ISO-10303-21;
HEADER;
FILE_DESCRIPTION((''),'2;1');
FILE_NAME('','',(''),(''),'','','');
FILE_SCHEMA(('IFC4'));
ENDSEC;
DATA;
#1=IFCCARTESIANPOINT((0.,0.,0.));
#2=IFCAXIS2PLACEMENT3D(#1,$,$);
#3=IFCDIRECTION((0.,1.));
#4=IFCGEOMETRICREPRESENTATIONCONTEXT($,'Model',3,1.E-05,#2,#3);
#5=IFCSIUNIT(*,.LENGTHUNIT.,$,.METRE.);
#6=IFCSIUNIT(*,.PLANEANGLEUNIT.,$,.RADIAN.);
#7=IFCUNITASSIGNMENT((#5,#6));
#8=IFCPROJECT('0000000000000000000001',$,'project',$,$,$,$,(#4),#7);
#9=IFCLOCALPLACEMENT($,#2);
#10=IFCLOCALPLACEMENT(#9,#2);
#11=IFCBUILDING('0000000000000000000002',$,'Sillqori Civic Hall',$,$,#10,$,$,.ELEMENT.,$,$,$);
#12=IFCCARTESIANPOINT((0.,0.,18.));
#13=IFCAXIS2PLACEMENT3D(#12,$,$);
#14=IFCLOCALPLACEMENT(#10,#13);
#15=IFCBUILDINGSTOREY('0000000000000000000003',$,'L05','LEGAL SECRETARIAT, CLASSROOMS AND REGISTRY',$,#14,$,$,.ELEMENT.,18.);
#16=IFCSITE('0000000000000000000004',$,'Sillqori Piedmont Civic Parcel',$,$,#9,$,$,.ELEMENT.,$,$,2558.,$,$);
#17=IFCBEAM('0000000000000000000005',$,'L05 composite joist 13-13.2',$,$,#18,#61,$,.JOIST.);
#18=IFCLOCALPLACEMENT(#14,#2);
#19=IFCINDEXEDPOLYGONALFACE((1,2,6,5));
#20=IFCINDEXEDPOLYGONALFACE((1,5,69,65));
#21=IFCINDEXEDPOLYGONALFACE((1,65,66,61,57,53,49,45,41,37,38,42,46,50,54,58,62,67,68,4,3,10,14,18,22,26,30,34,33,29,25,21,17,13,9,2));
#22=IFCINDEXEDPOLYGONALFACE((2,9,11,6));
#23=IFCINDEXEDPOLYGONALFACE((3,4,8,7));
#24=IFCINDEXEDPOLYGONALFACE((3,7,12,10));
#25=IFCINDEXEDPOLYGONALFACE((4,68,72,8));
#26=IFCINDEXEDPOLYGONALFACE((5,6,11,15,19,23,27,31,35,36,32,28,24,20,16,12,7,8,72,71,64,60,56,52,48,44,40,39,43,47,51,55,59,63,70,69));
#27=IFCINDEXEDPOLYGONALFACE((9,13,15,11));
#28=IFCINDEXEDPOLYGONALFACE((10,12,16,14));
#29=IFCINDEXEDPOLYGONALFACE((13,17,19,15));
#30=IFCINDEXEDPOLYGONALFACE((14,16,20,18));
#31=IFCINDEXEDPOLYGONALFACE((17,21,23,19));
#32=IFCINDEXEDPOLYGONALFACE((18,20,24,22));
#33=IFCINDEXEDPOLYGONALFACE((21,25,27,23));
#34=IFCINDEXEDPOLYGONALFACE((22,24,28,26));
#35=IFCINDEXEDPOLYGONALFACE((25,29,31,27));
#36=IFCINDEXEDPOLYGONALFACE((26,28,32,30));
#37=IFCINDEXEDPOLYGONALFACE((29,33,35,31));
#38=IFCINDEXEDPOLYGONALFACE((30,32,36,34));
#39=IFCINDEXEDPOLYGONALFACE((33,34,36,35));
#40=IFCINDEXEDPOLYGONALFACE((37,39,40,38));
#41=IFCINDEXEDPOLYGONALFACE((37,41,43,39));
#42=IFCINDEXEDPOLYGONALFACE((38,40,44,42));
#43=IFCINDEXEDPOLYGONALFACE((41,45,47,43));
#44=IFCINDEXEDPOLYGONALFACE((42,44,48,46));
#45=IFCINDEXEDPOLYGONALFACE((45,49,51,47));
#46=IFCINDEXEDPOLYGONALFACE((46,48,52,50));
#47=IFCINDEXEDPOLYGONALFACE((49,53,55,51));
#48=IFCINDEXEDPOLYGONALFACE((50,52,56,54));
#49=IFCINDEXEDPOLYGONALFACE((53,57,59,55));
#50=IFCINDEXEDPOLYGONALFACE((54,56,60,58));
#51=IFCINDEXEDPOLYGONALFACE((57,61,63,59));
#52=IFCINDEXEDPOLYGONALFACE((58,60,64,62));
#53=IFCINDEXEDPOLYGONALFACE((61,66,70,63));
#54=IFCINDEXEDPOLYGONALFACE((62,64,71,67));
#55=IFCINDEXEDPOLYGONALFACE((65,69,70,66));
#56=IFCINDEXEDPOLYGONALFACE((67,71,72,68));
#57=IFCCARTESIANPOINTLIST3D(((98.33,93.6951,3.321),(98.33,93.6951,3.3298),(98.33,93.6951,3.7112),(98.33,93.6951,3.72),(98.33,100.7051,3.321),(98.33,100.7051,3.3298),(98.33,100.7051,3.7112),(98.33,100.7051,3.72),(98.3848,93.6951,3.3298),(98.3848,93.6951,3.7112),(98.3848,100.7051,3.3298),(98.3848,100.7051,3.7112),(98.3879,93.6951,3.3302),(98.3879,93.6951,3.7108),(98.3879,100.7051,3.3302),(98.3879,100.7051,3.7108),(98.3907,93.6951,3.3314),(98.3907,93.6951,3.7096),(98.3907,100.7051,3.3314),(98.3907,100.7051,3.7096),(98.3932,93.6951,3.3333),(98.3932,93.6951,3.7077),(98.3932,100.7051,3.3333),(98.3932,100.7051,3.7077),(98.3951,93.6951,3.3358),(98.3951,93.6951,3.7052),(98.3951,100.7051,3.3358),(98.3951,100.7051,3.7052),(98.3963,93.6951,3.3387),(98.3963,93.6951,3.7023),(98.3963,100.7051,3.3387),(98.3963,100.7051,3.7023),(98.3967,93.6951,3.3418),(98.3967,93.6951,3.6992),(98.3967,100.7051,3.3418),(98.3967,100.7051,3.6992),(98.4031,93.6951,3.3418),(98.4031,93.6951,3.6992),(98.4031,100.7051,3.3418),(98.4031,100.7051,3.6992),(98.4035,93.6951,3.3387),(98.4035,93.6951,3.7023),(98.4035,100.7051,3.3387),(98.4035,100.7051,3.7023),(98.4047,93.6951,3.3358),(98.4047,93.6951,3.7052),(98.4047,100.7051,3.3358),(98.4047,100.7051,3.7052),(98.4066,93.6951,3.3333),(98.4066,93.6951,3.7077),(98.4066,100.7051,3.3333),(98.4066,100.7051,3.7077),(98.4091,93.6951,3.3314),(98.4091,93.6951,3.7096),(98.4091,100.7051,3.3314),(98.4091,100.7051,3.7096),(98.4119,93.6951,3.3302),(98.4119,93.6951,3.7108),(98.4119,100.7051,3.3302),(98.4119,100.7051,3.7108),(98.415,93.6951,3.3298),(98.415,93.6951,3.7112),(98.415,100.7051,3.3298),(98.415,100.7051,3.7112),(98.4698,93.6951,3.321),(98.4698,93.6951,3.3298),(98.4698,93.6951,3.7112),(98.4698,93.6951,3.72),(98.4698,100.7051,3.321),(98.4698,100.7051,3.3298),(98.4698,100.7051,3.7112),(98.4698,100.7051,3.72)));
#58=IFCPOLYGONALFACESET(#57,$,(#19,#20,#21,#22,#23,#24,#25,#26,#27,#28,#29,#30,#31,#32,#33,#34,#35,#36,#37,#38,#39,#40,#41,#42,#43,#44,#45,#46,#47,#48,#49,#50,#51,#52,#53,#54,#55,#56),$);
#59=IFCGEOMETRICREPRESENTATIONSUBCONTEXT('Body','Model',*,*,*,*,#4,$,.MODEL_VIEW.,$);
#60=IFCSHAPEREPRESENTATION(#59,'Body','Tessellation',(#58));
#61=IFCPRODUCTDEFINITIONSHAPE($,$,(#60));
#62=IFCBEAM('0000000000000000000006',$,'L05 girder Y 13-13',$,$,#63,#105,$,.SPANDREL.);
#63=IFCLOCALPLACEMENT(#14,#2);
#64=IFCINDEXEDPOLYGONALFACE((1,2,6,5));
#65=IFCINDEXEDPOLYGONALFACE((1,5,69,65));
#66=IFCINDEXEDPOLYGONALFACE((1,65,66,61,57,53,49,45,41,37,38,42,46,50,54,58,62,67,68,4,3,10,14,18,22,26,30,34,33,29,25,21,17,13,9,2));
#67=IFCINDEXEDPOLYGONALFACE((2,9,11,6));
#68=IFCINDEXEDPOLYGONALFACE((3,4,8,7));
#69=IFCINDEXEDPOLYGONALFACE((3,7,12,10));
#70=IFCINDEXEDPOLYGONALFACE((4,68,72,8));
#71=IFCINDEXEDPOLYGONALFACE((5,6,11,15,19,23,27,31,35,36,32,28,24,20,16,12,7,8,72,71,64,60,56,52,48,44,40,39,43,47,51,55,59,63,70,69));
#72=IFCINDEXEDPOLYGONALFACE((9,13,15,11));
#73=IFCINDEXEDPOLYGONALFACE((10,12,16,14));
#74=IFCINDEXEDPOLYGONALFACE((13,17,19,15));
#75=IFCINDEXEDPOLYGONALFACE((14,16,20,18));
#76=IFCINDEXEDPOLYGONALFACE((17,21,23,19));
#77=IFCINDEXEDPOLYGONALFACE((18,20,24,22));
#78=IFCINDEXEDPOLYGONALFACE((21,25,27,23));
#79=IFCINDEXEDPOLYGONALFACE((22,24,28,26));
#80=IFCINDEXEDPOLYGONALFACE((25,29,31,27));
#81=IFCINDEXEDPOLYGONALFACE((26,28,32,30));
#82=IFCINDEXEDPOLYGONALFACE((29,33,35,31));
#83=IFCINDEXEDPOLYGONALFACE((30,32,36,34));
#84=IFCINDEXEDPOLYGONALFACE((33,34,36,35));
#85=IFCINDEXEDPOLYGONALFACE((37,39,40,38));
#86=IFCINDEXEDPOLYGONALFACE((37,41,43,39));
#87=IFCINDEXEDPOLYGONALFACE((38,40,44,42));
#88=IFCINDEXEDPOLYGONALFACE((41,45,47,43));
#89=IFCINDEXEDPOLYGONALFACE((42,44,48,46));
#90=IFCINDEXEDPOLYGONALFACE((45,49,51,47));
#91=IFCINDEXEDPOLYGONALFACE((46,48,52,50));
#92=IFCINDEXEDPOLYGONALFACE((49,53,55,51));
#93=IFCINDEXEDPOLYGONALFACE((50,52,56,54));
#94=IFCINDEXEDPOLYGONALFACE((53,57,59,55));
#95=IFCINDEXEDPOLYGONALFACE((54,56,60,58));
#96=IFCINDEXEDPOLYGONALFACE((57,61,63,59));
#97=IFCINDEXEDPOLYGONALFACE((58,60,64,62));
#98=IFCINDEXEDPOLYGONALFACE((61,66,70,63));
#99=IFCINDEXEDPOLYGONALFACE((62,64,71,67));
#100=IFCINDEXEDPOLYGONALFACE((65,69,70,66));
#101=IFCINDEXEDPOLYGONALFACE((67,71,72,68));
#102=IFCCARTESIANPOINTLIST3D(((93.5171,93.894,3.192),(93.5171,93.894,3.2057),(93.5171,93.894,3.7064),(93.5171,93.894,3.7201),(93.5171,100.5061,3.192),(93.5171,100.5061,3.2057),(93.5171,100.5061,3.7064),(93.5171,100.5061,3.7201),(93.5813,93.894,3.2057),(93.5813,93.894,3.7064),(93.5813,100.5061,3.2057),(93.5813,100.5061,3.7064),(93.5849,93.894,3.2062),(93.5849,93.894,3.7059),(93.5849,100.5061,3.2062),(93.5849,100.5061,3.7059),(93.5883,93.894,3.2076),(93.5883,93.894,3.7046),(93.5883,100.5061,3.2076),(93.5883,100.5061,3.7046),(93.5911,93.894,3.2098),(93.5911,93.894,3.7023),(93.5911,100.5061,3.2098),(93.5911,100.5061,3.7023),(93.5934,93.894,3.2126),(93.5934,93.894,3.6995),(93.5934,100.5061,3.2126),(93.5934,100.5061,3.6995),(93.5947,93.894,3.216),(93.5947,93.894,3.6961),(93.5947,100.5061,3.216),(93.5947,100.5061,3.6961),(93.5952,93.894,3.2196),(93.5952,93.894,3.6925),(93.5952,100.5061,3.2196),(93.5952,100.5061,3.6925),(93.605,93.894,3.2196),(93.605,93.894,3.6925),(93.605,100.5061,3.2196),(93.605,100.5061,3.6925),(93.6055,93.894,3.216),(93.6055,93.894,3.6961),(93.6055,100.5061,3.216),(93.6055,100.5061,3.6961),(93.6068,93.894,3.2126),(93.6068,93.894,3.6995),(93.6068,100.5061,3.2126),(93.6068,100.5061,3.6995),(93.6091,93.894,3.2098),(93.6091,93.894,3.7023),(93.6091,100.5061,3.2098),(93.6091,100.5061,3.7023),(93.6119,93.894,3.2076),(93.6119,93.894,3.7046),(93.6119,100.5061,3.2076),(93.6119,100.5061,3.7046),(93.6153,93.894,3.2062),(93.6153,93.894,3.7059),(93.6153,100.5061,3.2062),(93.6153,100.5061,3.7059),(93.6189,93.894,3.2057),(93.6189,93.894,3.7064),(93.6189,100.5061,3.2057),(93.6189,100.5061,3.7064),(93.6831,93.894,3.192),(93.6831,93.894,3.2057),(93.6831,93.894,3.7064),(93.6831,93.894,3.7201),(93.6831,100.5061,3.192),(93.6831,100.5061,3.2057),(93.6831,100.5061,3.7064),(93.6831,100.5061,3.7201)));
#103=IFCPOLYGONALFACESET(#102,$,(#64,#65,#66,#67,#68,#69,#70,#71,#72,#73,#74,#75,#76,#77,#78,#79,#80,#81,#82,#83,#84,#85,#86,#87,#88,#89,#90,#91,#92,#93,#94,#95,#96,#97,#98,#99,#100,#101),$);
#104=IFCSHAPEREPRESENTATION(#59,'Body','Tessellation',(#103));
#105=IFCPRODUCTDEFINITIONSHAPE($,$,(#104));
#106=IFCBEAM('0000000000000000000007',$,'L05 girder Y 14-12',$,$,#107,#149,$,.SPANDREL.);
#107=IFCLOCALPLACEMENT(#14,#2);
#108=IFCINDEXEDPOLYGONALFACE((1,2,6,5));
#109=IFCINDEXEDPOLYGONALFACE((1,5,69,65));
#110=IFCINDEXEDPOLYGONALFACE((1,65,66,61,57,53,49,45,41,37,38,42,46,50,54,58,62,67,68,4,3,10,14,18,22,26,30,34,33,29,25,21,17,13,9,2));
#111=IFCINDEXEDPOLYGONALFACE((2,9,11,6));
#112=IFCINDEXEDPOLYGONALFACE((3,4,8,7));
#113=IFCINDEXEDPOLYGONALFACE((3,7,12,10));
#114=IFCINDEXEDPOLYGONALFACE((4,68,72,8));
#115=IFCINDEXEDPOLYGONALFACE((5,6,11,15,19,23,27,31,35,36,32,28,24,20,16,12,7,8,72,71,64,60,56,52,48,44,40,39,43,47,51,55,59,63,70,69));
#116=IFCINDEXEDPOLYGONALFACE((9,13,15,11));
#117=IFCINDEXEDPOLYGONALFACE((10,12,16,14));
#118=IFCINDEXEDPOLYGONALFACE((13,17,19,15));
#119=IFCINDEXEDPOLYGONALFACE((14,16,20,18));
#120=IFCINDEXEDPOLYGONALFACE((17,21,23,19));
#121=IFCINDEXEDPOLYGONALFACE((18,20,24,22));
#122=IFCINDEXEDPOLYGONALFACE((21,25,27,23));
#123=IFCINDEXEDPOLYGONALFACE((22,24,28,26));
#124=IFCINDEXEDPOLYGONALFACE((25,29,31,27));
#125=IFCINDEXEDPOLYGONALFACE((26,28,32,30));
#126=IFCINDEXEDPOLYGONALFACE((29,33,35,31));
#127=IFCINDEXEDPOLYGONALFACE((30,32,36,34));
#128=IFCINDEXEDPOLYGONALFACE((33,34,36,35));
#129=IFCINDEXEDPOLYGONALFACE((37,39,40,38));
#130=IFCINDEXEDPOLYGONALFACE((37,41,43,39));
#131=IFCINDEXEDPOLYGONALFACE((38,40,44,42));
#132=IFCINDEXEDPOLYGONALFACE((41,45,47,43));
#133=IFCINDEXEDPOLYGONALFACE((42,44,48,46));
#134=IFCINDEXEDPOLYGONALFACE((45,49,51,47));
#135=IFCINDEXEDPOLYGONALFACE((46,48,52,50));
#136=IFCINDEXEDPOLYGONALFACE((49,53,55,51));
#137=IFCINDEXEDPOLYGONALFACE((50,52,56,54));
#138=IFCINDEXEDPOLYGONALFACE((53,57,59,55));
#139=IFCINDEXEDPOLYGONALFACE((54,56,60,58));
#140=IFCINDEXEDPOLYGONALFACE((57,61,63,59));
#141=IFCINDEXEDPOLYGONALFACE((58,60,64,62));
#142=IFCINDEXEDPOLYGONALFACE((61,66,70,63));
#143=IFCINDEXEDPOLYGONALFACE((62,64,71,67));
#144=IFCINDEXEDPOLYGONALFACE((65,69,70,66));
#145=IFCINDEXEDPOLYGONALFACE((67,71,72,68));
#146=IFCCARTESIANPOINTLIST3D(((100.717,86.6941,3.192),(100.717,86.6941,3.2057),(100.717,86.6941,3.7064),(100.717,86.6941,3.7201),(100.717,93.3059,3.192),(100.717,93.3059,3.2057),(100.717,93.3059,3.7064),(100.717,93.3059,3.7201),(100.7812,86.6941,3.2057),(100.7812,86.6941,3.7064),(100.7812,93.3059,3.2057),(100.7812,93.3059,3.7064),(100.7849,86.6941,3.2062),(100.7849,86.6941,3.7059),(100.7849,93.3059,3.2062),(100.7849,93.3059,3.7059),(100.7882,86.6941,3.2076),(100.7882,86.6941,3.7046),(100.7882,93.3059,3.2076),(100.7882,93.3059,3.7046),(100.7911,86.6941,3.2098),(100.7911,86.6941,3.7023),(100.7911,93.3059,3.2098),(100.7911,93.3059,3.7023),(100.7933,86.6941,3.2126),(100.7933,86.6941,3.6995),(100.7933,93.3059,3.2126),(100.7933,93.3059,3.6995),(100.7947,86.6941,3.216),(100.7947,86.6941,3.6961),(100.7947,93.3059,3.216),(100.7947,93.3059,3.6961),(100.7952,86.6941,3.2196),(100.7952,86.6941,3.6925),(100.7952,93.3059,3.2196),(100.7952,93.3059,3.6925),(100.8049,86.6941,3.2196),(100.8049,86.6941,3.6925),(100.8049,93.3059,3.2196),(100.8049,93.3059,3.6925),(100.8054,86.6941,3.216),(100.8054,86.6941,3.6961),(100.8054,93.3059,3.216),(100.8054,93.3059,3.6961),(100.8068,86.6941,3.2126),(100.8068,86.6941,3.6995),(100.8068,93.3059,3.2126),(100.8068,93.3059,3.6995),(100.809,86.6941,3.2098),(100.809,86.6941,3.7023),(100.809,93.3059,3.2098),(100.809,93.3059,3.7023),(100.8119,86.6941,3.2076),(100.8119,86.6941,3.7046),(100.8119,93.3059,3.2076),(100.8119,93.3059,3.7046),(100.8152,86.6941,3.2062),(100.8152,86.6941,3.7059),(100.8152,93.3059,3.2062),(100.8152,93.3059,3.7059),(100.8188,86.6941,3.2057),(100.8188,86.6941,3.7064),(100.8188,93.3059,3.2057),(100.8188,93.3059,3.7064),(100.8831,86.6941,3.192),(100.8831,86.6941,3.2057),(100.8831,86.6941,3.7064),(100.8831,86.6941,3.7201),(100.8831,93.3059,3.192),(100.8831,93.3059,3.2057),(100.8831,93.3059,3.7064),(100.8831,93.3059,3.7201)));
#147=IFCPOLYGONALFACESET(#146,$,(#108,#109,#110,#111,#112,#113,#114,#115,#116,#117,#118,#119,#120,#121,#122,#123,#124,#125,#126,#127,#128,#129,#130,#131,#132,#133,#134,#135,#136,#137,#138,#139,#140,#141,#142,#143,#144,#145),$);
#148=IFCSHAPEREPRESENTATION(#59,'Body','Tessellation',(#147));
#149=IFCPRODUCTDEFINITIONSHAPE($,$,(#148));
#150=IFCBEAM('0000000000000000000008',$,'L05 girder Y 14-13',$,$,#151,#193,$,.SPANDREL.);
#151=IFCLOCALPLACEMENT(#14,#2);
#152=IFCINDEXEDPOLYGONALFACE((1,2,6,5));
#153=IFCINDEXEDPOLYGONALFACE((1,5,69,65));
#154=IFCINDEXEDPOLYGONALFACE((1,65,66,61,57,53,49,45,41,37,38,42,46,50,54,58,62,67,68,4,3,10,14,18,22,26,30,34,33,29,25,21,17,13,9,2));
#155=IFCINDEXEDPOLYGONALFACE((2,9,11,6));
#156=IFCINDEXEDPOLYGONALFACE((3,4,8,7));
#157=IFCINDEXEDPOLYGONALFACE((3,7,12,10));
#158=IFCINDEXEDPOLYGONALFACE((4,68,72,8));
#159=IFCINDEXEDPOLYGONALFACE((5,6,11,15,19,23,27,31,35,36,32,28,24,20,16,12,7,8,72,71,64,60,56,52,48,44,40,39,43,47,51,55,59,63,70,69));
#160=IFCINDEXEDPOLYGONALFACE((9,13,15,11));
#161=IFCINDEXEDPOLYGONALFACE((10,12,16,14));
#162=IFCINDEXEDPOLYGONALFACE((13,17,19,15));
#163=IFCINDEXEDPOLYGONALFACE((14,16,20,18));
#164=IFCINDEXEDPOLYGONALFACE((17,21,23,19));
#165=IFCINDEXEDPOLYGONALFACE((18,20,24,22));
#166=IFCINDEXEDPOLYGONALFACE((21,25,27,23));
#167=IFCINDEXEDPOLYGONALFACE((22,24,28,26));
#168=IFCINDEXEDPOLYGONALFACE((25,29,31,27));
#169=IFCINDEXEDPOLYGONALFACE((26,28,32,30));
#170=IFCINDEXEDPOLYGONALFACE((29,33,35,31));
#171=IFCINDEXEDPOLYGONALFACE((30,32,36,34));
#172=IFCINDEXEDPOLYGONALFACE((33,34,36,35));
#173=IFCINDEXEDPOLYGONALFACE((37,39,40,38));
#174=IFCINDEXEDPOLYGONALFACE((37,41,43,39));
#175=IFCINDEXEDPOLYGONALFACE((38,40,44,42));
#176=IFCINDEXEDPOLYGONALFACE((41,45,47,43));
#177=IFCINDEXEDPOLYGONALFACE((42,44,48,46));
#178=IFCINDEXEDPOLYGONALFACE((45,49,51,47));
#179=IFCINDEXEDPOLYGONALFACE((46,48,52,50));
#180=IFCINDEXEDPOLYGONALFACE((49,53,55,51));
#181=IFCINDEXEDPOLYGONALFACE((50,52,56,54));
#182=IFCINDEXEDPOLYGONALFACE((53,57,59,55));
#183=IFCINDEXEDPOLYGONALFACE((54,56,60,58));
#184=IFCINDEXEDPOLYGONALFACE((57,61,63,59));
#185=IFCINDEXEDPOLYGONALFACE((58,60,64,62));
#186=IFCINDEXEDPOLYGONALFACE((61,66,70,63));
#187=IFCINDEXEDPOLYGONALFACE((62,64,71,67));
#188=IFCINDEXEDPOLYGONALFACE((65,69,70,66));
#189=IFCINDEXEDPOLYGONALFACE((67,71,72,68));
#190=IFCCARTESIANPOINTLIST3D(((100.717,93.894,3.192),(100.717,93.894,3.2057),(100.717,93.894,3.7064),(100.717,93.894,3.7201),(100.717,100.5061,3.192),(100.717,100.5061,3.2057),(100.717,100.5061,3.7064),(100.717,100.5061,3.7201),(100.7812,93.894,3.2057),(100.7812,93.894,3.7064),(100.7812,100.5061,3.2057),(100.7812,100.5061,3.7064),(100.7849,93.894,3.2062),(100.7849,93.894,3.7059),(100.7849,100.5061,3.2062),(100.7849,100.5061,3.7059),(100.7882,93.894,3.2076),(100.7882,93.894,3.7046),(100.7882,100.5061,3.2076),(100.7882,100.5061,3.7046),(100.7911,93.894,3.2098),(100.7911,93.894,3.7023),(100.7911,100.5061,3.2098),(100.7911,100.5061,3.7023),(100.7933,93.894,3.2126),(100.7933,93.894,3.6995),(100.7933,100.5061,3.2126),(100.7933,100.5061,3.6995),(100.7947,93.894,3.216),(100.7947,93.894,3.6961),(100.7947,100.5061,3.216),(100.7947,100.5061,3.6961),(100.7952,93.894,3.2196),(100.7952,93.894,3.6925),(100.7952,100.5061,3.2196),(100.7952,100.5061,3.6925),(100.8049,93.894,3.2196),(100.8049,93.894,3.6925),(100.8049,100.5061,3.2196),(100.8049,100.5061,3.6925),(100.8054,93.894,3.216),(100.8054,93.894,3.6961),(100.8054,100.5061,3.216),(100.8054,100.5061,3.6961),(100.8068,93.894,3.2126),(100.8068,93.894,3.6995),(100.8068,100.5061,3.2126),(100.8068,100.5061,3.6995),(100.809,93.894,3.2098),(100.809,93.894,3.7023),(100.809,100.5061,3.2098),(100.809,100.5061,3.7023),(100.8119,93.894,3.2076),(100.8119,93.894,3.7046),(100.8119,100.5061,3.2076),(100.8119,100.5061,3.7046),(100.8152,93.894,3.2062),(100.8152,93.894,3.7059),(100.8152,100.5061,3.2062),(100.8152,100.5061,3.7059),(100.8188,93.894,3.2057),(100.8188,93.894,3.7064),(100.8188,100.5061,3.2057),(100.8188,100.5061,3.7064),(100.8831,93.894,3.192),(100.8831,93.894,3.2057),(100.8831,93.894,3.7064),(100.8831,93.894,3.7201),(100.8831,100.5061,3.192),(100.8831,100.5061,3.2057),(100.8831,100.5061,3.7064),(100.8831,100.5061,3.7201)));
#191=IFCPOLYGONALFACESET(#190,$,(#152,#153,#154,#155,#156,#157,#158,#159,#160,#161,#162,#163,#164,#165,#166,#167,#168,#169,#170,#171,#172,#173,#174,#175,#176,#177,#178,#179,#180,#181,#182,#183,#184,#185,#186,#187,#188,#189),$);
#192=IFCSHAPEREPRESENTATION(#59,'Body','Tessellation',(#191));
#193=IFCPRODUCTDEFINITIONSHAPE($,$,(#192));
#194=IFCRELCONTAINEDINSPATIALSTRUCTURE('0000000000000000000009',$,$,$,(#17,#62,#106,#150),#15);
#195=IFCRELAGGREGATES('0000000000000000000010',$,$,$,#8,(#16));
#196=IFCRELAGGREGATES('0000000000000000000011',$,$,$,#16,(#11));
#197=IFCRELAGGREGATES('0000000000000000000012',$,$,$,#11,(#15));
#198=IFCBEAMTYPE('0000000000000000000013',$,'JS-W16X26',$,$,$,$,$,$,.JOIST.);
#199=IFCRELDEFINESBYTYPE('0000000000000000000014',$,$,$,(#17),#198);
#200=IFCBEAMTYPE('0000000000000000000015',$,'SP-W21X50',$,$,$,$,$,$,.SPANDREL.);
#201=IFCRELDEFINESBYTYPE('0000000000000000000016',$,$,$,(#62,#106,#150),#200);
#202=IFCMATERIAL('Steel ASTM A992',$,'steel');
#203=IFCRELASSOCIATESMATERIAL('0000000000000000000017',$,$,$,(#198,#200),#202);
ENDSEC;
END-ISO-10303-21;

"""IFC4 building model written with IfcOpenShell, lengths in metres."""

from ifc_helpers import new_model, si_unit, direction, frame, origin, origin_2d, place, context, subcontext, project, spatial, i_section, extrude, material, material_profile, profile_set, type_object, element, save


model = new_model("IFC4")

# Units and contexts
model_context = context("Model", 3, precision=1e-05, world=origin(), true_north=direction((0.0, 1.0)))
body_context = subcontext(model_context, "Body", "Model", "MODEL_VIEW")
ifc_project = project(units=[si_unit("LENGTHUNIT", "METRE"), si_unit("PLANEANGLEUNIT", "RADIAN")], contexts=[model_context])

# Site, building, storey
site_placement = place(None, origin())
site = spatial("IfcSite", under=ifc_project, at=site_placement, Name="Sillqori Piedmont Civic Parcel", CompositionType="ELEMENT", RefElevation=2558.0)
building_placement = place(site_placement, origin())
building = spatial("IfcBuilding", under=site, at=building_placement, Name="Sillqori Civic Hall", CompositionType="ELEMENT")
storey_placement = place(building_placement, frame((0.0, 0.0, 18.0)))
storey = spatial("IfcBuildingStorey", under=building, at=storey_placement, Name="L05", Description="LEGAL SECRETARIAT, CLASSROOMS AND REGISTRY", CompositionType="ELEMENT", Elevation=18.0)

# Shared definitions
ifc_material_1 = material(Name="Steel ASTM A992", Category="steel")

# Beams
ifc_material_profile_1 = material_profile(ifc_material_1, i_section(OverallWidth=0.1399, OverallDepth=0.3989, WebThickness=0.0063, FlangeThickness=0.0088, FilletRadius=0.012, at=origin_2d()), Name="W16X26")
ifc_profile_set_1 = profile_set([ifc_material_profile_1], Name="Steel ASTM A992")
beam_type_1 = type_object("IfcBeamType", Name="JS-W16X26", PredefinedType="JOIST", material=ifc_profile_set_1)
for number, where, z_axis, x_axis, name in (
    (1, (98.3999, 93.6951, 3.5205), (0.0, 1.0, 0.0), (-1.0, 0.0, 0.0), "L05 composite joist 13-13.2"),
):
    element("IfcBeam", number, at=place(storey_placement, frame(where, z_axis=z_axis, x_axis=x_axis)), inside=storey, type_object=beam_type_1, Name=name, PredefinedType="JOIST", context=body_context, shape_type="SweptSolid", body=[
        extrude(i_section(OverallWidth=0.1399, OverallDepth=0.3989, WebThickness=0.0063, FlangeThickness=0.0088, FilletRadius=0.012, at=origin_2d()), origin(), (0.0, 0.0, 1.0), 7.01),
    ])
ifc_material_profile_2 = material_profile(ifc_material_1, i_section(OverallWidth=0.166, OverallDepth=0.5281, WebThickness=0.0098, FlangeThickness=0.0137, FilletRadius=0.0139, at=origin_2d()), Name="W21X50")
ifc_profile_set_2 = profile_set([ifc_material_profile_2], Name="Steel ASTM A992")
beam_type_2 = type_object("IfcBeamType", Name="SP-W21X50", PredefinedType="SPANDREL", material=ifc_profile_set_2)
beam_1_placement = place(storey_placement, frame((93.6001, 93.894, 3.4561), z_axis=(0.0, 1.0, 0.0), x_axis=(-1.0, 0.0, 0.0)))
element("IfcBeam", 2, at=beam_1_placement, inside=storey, type_object=beam_type_2, Name="L05 girder Y 13-13", PredefinedType="SPANDREL", context=body_context, shape_type="SweptSolid", body=[
    extrude(i_section(OverallWidth=0.166, OverallDepth=0.5281, WebThickness=0.0098, FlangeThickness=0.0137, FilletRadius=0.0139, at=origin_2d()), origin(), (0.0, 0.0, 1.0), 6.6121),
])
beam_2_placement = place(storey_placement, frame((100.8, 86.6941, 3.4561), z_axis=(0.0, 1.0, 0.0), x_axis=(-1.0, 0.0, 0.0)))
element("IfcBeam", 3, at=beam_2_placement, inside=storey, type_object=beam_type_2, Name="L05 girder Y 14-12", PredefinedType="SPANDREL", context=body_context, shape_type="SweptSolid", body=[
    extrude(i_section(OverallWidth=0.166, OverallDepth=0.5281, WebThickness=0.0098, FlangeThickness=0.0137, FilletRadius=0.0139, at=origin_2d()), origin(), (0.0, 0.0, 1.0), 6.6118),
])
beam_3_placement = place(storey_placement, frame((100.8, 93.894, 3.4561), z_axis=(0.0, 1.0, 0.0), x_axis=(-1.0, 0.0, 0.0)))
element("IfcBeam", 4, at=beam_3_placement, inside=storey, type_object=beam_type_2, Name="L05 girder Y 14-13", PredefinedType="SPANDREL", context=body_context, shape_type="SweptSolid", body=[
    extrude(i_section(OverallWidth=0.166, OverallDepth=0.5281, WebThickness=0.0098, FlangeThickness=0.0137, FilletRadius=0.0139, at=origin_2d()), origin(), (0.0, 0.0, 1.0), 6.6121),
])

save(model, "model.ifc")
